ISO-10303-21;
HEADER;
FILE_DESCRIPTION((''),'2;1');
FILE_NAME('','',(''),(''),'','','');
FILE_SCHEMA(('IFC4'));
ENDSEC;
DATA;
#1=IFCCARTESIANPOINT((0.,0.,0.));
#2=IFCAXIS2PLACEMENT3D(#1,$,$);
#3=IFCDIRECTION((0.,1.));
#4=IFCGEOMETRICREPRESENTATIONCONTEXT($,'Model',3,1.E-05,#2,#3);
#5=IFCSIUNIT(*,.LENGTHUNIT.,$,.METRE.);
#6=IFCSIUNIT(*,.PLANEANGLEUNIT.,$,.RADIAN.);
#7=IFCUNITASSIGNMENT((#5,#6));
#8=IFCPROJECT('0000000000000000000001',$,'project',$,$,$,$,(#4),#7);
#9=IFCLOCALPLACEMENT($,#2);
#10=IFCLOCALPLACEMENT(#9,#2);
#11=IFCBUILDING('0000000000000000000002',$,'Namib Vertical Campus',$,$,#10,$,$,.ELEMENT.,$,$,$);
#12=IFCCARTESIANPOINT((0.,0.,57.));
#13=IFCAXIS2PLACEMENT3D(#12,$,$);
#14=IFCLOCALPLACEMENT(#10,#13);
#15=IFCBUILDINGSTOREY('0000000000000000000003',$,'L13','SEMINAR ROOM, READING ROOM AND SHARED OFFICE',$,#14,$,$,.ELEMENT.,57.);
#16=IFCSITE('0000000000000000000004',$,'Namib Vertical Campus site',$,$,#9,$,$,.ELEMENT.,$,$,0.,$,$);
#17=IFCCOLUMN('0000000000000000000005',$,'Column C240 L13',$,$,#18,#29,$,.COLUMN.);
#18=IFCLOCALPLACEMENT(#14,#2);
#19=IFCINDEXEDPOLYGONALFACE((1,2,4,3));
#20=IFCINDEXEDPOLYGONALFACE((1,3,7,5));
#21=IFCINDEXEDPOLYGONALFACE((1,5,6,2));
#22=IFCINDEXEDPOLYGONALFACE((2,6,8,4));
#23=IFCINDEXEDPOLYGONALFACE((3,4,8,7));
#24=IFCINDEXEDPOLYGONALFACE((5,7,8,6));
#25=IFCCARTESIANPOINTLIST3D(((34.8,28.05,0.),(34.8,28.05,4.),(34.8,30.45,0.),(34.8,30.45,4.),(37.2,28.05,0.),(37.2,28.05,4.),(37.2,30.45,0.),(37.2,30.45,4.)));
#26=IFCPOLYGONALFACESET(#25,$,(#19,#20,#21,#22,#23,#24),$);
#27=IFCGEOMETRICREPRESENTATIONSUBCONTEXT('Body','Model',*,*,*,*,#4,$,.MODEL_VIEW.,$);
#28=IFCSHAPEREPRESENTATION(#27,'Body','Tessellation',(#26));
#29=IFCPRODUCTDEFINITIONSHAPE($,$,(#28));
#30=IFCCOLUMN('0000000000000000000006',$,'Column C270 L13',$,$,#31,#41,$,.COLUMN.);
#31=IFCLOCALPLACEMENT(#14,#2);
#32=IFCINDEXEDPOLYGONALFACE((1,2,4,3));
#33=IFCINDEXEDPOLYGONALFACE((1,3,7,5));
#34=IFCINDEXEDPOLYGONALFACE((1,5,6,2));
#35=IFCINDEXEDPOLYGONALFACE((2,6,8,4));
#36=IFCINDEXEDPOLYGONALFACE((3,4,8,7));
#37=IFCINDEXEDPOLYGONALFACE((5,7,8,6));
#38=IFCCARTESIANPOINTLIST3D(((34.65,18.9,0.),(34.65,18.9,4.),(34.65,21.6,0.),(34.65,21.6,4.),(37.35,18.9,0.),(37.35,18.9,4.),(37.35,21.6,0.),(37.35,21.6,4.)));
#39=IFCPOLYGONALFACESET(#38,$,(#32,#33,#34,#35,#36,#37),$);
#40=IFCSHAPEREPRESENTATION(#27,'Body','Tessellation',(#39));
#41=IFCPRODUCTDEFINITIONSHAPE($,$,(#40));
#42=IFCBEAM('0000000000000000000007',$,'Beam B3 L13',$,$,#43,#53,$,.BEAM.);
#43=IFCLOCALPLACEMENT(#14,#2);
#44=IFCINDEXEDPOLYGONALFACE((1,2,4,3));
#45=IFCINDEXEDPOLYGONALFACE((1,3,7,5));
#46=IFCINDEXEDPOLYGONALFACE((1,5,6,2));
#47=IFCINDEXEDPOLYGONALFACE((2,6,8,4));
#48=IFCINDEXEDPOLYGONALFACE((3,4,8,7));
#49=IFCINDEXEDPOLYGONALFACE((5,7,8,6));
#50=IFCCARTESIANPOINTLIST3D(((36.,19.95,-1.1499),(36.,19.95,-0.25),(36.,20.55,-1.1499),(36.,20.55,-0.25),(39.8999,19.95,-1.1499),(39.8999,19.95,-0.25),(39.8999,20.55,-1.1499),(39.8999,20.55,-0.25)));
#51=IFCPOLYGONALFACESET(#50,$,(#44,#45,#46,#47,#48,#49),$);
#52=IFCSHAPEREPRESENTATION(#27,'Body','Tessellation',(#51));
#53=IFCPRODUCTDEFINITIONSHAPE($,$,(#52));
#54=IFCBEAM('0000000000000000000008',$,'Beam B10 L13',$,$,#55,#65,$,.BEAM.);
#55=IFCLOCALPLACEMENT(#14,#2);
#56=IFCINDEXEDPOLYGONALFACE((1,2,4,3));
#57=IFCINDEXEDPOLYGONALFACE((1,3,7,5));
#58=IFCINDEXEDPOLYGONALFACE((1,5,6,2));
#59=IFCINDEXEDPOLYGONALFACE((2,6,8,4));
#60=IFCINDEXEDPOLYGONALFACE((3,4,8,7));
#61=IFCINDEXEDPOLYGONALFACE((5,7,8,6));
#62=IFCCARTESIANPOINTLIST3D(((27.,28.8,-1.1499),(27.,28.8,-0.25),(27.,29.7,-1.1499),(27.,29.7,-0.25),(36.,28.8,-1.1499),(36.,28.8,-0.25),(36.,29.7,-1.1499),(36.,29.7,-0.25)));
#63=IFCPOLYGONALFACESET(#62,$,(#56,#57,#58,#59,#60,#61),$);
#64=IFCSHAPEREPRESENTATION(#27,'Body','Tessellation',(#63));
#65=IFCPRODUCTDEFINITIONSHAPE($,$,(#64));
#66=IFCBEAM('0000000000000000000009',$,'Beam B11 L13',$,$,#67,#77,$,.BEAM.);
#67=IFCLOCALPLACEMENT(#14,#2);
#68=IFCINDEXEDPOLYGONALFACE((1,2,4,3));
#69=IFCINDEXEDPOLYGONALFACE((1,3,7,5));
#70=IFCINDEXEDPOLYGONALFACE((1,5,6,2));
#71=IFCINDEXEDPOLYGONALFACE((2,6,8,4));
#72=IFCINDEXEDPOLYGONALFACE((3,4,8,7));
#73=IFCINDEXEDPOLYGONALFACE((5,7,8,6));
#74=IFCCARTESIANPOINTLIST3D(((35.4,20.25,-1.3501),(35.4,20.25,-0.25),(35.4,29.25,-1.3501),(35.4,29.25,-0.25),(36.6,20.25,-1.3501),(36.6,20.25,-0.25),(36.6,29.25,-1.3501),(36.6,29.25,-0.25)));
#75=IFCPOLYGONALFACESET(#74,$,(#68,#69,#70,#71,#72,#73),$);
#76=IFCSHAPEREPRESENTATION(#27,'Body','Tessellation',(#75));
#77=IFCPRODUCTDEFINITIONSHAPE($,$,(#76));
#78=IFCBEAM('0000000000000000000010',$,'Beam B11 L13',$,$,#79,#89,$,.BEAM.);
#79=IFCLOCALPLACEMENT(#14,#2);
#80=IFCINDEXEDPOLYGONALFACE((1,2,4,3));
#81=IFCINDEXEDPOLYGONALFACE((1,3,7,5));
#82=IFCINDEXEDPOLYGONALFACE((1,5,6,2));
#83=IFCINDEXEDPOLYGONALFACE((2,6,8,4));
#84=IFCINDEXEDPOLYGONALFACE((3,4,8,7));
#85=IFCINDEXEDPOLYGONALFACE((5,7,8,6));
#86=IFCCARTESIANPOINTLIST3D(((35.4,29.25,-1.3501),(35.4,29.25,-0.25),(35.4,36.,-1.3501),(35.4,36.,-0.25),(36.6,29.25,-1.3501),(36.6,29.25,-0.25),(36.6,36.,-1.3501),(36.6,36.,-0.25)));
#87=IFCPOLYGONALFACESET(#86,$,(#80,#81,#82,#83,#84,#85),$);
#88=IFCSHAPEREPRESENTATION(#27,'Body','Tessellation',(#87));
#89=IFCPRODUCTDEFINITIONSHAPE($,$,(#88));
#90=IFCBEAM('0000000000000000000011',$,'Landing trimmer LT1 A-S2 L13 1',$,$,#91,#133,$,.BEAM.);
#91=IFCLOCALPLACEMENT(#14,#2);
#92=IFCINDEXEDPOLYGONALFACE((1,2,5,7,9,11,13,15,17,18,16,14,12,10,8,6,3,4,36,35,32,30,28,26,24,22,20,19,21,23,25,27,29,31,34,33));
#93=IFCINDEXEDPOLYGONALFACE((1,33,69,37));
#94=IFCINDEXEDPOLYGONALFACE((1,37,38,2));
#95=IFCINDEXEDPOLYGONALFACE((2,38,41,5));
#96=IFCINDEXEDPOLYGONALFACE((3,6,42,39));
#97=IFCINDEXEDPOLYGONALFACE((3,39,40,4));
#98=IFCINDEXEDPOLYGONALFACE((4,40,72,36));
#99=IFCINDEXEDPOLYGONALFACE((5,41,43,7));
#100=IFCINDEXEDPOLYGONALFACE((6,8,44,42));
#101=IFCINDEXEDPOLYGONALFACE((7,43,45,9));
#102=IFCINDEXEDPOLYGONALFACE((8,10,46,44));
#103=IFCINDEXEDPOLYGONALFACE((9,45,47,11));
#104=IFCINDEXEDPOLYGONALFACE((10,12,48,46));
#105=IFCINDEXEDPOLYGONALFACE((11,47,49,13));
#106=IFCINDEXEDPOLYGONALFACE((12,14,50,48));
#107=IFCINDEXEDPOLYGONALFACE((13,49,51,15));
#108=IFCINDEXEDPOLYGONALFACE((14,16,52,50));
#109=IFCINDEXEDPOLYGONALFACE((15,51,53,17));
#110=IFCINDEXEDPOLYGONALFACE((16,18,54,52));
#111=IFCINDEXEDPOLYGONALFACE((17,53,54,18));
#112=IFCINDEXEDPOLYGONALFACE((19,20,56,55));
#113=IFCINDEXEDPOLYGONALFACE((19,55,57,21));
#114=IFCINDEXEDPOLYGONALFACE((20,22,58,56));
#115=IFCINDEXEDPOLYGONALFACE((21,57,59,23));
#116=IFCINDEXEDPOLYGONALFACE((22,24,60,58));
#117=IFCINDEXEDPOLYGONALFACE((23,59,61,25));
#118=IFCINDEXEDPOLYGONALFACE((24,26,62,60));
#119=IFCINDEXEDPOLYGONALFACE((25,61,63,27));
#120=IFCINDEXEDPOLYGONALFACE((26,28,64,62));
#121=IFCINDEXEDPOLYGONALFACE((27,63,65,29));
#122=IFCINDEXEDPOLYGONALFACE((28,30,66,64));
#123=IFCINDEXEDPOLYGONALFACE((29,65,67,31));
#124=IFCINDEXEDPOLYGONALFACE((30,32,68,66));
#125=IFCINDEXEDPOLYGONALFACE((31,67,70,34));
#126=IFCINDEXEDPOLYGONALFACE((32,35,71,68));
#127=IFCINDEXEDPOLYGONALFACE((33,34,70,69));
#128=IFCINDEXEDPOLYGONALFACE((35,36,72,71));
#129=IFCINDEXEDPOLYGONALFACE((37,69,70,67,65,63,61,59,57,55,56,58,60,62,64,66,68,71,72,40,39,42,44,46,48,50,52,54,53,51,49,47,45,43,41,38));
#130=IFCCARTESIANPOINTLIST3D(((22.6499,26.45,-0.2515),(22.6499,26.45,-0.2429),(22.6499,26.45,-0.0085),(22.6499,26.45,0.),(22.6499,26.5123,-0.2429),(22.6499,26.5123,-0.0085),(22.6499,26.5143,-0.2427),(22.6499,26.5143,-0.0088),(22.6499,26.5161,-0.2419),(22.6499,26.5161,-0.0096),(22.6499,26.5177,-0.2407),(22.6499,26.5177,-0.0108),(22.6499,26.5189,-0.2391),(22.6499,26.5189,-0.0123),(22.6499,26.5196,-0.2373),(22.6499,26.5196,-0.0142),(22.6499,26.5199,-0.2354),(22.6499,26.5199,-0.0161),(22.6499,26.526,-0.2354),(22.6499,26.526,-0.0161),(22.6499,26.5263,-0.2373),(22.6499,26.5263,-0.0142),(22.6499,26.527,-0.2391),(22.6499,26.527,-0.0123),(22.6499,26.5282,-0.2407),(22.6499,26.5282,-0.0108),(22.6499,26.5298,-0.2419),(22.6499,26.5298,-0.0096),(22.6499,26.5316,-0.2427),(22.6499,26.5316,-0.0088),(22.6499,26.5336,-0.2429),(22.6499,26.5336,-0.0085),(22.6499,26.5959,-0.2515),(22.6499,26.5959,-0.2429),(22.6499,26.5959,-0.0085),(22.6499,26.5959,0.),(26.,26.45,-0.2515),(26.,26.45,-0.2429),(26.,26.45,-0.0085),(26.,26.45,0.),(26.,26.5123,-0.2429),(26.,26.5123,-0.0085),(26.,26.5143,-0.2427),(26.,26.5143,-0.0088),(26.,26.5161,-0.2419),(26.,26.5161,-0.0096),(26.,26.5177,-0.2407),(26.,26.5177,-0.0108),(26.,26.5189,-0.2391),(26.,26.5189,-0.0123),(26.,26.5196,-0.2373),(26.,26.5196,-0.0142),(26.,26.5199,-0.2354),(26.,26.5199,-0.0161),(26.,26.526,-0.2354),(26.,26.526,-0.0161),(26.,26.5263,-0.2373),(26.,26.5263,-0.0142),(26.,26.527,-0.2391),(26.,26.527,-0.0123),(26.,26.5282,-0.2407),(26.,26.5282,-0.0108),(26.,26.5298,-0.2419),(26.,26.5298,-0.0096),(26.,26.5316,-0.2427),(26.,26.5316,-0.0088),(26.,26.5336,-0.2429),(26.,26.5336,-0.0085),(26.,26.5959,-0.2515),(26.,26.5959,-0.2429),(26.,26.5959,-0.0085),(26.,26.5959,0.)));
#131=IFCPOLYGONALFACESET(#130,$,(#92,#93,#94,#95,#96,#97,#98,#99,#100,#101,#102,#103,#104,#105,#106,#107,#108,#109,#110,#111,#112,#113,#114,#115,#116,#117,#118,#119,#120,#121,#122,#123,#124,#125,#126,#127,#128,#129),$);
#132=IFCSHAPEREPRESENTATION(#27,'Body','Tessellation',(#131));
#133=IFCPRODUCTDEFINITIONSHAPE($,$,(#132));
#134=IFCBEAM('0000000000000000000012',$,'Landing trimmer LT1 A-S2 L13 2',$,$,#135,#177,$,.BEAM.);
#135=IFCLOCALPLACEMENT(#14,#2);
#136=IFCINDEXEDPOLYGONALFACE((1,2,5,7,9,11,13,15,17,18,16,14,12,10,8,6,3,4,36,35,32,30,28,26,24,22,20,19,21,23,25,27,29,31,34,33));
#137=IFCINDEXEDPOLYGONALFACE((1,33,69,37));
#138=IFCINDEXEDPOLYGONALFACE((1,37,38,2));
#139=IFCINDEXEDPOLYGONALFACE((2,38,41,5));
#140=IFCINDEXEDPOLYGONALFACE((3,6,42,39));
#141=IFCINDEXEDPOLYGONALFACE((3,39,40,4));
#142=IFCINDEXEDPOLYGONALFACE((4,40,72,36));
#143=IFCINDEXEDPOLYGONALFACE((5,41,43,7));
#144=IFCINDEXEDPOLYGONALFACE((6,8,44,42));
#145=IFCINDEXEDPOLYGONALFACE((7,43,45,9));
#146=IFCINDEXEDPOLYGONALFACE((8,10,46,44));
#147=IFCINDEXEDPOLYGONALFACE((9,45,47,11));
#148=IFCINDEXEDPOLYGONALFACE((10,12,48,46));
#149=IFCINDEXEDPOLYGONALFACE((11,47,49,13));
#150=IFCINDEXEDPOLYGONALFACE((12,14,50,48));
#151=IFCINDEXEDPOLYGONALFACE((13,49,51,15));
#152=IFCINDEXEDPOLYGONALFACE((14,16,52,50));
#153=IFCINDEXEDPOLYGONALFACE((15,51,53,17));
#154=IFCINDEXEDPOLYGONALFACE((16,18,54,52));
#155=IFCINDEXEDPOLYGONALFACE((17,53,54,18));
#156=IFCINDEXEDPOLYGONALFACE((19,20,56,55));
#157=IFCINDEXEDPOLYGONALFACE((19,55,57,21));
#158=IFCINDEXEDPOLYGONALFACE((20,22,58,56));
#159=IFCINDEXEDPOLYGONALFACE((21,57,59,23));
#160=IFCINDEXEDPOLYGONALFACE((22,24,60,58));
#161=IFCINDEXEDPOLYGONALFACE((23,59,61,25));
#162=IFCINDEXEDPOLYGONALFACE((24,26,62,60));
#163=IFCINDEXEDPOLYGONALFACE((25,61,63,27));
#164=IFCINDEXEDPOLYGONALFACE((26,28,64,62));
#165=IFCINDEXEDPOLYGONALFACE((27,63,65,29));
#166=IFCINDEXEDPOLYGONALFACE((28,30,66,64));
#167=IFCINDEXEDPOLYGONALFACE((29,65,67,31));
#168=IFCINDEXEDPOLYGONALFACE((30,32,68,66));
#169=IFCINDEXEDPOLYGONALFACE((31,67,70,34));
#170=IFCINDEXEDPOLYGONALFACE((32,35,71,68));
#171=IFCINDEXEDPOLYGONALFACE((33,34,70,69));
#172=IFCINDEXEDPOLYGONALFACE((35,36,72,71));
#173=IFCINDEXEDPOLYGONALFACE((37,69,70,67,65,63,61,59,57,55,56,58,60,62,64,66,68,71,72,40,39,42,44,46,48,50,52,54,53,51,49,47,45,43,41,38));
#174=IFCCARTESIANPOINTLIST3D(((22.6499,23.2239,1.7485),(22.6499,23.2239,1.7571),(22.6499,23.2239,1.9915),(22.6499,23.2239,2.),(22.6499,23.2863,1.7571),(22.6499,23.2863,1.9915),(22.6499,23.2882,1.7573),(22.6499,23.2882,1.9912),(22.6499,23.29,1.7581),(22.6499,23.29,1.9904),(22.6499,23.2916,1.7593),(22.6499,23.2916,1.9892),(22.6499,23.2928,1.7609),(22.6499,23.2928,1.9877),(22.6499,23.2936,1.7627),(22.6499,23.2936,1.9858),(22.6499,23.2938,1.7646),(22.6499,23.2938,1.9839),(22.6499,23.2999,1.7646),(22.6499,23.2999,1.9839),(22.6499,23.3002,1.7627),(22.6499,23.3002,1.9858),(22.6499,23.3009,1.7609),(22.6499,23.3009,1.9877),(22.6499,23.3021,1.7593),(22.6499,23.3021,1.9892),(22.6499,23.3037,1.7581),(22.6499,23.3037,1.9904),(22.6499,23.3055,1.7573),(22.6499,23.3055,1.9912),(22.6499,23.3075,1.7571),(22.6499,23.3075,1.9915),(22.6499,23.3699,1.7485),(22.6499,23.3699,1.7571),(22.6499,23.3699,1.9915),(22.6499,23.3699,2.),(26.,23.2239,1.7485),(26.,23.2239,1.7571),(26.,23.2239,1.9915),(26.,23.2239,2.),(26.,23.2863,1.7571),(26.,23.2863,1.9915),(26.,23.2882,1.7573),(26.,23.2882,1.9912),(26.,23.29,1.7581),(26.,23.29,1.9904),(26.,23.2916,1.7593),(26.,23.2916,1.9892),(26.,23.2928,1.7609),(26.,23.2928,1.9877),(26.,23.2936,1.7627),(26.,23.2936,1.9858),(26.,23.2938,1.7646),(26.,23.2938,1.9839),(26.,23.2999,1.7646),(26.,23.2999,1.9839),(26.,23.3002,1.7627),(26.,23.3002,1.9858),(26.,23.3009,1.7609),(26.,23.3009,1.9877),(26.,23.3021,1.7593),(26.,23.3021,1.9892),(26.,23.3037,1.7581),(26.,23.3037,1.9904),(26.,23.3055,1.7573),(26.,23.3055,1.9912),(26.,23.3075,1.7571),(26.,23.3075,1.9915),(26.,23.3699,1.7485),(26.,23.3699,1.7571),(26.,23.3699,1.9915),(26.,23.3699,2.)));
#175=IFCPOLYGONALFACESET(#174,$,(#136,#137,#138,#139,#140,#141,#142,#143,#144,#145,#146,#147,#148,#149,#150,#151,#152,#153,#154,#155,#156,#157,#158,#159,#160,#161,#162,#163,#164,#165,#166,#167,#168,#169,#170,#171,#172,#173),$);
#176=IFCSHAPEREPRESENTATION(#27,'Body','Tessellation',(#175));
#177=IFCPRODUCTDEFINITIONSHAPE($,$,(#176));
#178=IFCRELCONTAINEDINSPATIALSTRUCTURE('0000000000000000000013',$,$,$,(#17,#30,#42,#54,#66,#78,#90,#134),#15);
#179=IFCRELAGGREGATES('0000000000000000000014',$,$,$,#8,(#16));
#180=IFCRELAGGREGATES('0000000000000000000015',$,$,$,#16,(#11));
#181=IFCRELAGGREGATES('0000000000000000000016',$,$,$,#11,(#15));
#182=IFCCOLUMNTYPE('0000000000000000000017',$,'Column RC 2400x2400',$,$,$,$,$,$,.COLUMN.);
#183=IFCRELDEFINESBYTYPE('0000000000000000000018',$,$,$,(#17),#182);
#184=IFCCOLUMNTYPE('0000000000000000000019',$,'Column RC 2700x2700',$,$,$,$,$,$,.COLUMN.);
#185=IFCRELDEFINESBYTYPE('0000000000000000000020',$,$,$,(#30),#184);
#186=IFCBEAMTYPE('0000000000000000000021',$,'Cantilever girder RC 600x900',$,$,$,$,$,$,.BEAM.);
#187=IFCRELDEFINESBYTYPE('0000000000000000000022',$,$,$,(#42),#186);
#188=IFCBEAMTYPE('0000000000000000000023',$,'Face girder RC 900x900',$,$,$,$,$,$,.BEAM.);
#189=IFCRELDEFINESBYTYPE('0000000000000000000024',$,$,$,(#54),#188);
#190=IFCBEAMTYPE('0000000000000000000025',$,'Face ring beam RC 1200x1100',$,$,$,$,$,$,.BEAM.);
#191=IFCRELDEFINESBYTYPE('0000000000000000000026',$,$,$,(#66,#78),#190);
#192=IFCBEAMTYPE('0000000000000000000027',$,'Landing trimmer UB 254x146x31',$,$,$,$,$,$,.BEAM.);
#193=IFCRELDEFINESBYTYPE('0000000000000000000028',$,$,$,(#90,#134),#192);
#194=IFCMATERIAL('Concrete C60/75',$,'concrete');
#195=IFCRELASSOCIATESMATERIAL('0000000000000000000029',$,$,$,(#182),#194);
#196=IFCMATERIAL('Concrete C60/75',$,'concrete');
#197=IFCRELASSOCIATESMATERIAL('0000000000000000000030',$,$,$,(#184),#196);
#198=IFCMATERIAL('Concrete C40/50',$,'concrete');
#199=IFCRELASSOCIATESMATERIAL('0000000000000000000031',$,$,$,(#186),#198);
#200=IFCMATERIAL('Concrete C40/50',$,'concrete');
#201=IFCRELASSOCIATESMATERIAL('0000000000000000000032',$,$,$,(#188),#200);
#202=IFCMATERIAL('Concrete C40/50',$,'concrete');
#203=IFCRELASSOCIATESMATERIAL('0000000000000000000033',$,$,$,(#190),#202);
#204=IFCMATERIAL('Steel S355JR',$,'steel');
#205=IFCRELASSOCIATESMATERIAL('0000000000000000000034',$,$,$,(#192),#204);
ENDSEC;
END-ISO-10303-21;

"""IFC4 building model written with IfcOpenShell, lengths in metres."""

from ifc_helpers import new_model, si_unit, direction, frame, origin, origin_2d, place, context, subcontext, project, spatial, rectangle, i_section, extrude, material, material_profile, profile_set, type_object, element, save


model = new_model("IFC4")

# Units and contexts
model_context = context("Model", 3, precision=1e-05, world=origin(), true_north=direction((0.0, 1.0)))
body_context = subcontext(model_context, "Body", "Model", "MODEL_VIEW")
ifc_project = project(units=[si_unit("LENGTHUNIT", "METRE"), si_unit("PLANEANGLEUNIT", "RADIAN")], contexts=[model_context])

# Site, building, storey
site_placement = place(None, origin())
site = spatial("IfcSite", under=ifc_project, at=site_placement, Name="Namib Vertical Campus site", CompositionType="ELEMENT", RefElevation=0.0)
building_placement = place(site_placement, origin())
building = spatial("IfcBuilding", under=site, at=building_placement, Name="Namib Vertical Campus", CompositionType="ELEMENT")
storey_placement = place(building_placement, frame((0.0, 0.0, 57.0)))
storey = spatial("IfcBuildingStorey", under=building, at=storey_placement, Name="L13", Description="SEMINAR ROOM, READING ROOM AND SHARED OFFICE", CompositionType="ELEMENT", Elevation=57.0)

# Columns
ifc_material_1 = material(Name="Concrete C60/75", Category="concrete")
ifc_material_profile_1 = material_profile(ifc_material_1, rectangle(XDim=2.3999, YDim=2.3999, at=origin_2d()))
ifc_profile_set_1 = profile_set([ifc_material_profile_1], Name="Concrete C60/75")
column_type_1 = type_object("IfcColumnType", Name="Column RC 2400x2400", PredefinedType="COLUMN", material=ifc_profile_set_1)
column_1_placement = place(storey_placement, frame((36.0, 29.25, 0.0), z_axis=(0.0, 0.0, 1.0), x_axis=(1.0, 0.0, 0.0)))
element("IfcColumn", 1, at=column_1_placement, inside=storey, type_object=column_type_1, Name="Column C240 L13", PredefinedType="COLUMN", context=body_context, shape_type="SweptSolid", body=[
    extrude(rectangle(XDim=2.3999, YDim=2.3999, at=origin_2d()), origin(), (0.0, 0.0, 1.0), 4.0),
])
ifc_material_2 = material(Name="Concrete C60/75", Category="concrete")
ifc_material_profile_2 = material_profile(ifc_material_2, rectangle(XDim=2.7, YDim=2.7, at=origin_2d()))
ifc_profile_set_2 = profile_set([ifc_material_profile_2], Name="Concrete C60/75")
column_type_2 = type_object("IfcColumnType", Name="Column RC 2700x2700", PredefinedType="COLUMN", material=ifc_profile_set_2)
column_2_placement = place(storey_placement, frame((36.0, 20.25, 0.0), z_axis=(0.0, 0.0, 1.0), x_axis=(1.0, 0.0, 0.0)))
element("IfcColumn", 2, at=column_2_placement, inside=storey, type_object=column_type_2, Name="Column C270 L13", PredefinedType="COLUMN", context=body_context, shape_type="SweptSolid", body=[
    extrude(rectangle(XDim=2.7, YDim=2.7, at=origin_2d()), origin(), (0.0, 0.0, 1.0), 4.0),
])

# Beams
ifc_material_3 = material(Name="Concrete C40/50", Category="concrete")
ifc_material_profile_3 = material_profile(ifc_material_3, rectangle(XDim=0.6001, YDim=0.8999, at=origin_2d()))
ifc_profile_set_3 = profile_set([ifc_material_profile_3], Name="Concrete C40/50")
beam_type_1 = type_object("IfcBeamType", Name="Cantilever girder RC 600x900", PredefinedType="BEAM", material=ifc_profile_set_3)
beam_1_placement = place(storey_placement, frame((36.0, 20.25, -0.7), z_axis=(1.0, 0.0, 0.0), x_axis=(0.0, 1.0, 0.0)))
element("IfcBeam", 3, at=beam_1_placement, inside=storey, type_object=beam_type_1, Name="Beam B3 L13", PredefinedType="BEAM", context=body_context, shape_type="SweptSolid", body=[
    extrude(rectangle(XDim=0.6001, YDim=0.8999, at=origin_2d()), origin(), (0.0, 0.0, 1.0), 3.8999),
])
ifc_material_4 = material(Name="Concrete C40/50", Category="concrete")
ifc_material_profile_4 = material_profile(ifc_material_4, rectangle(XDim=0.8999, YDim=0.8999, at=origin_2d()))
ifc_profile_set_4 = profile_set([ifc_material_profile_4], Name="Concrete C40/50")
beam_type_2 = type_object("IfcBeamType", Name="Face girder RC 900x900", PredefinedType="BEAM", material=ifc_profile_set_4)
beam_2_placement = place(storey_placement, frame((36.0, 29.25, -0.7), z_axis=(-1.0, 0.0, 0.0), x_axis=(0.0, -1.0, 0.0)))
element("IfcBeam", 4, at=beam_2_placement, inside=storey, type_object=beam_type_2, Name="Beam B10 L13", PredefinedType="BEAM", context=body_context, shape_type="SweptSolid", body=[
    extrude(rectangle(XDim=0.8999, YDim=0.8999, at=origin_2d()), origin(), (0.0, 0.0, 1.0), 9.0),
])
ifc_material_5 = material(Name="Concrete C40/50", Category="concrete")
ifc_material_profile_5 = material_profile(ifc_material_5, rectangle(XDim=1.2, YDim=1.1001, at=origin_2d()))
ifc_profile_set_5 = profile_set([ifc_material_profile_5], Name="Concrete C40/50")
beam_type_3 = type_object("IfcBeamType", Name="Face ring beam RC 1200x1100", PredefinedType="BEAM", material=ifc_profile_set_5)
beam_3_placement = place(storey_placement, frame((36.0, 20.25, -0.8), z_axis=(0.0, 1.0, 0.0), x_axis=(-1.0, 0.0, 0.0)))
element("IfcBeam", 5, at=beam_3_placement, inside=storey, type_object=beam_type_3, Name="Beam B11 L13", PredefinedType="BEAM", context=body_context, shape_type="SweptSolid", body=[
    extrude(rectangle(XDim=1.2, YDim=1.1001, at=origin_2d()), origin(), (0.0, 0.0, 1.0), 9.0),
])
beam_4_placement = place(storey_placement, frame((36.0, 29.25, -0.8), z_axis=(0.0, 1.0, 0.0), x_axis=(-1.0, 0.0, 0.0)))
element("IfcBeam", 6, at=beam_4_placement, inside=storey, type_object=beam_type_3, Name="Beam B11 L13", PredefinedType="BEAM", context=body_context, shape_type="SweptSolid", body=[
    extrude(rectangle(XDim=1.2, YDim=1.1001, at=origin_2d()), origin(), (0.0, 0.0, 1.0), 6.75),
])
ifc_material_6 = material(Name="Steel S355JR", Category="steel")
ifc_material_profile_6 = material_profile(ifc_material_6, i_section(OverallWidth=0.146, OverallDepth=0.2515, WebThickness=0.0061, FlangeThickness=0.0085, FilletRadius=0.0076, at=origin_2d()))
ifc_profile_set_6 = profile_set([ifc_material_profile_6], Name="Steel S355JR")
beam_type_4 = type_object("IfcBeamType", Name="Landing trimmer UB 254x146x31", PredefinedType="BEAM", material=ifc_profile_set_6)
for number, where, z_axis, x_axis, name in (
    (7, (22.6499, 26.5229, -0.1257), (1.0, 0.0, 0.0), (0.0, 1.0, 0.0), "Landing trimmer LT1 A-S2 L13 1"),
    (8, (22.6499, 23.2969, 1.8743), (1.0, 0.0, 0.0), (0.0, 1.0, 0.0), "Landing trimmer LT1 A-S2 L13 2"),
):
    element("IfcBeam", number, at=place(storey_placement, frame(where, z_axis=z_axis, x_axis=x_axis)), inside=storey, type_object=beam_type_4, Name=name, PredefinedType="BEAM", context=body_context, shape_type="SweptSolid", body=[
        extrude(i_section(OverallWidth=0.146, OverallDepth=0.2515, WebThickness=0.0061, FlangeThickness=0.0085, FilletRadius=0.0076, at=origin_2d()), origin(), (0.0, 0.0, 1.0), 3.3501),
    ])

save(model, "model.ifc")
